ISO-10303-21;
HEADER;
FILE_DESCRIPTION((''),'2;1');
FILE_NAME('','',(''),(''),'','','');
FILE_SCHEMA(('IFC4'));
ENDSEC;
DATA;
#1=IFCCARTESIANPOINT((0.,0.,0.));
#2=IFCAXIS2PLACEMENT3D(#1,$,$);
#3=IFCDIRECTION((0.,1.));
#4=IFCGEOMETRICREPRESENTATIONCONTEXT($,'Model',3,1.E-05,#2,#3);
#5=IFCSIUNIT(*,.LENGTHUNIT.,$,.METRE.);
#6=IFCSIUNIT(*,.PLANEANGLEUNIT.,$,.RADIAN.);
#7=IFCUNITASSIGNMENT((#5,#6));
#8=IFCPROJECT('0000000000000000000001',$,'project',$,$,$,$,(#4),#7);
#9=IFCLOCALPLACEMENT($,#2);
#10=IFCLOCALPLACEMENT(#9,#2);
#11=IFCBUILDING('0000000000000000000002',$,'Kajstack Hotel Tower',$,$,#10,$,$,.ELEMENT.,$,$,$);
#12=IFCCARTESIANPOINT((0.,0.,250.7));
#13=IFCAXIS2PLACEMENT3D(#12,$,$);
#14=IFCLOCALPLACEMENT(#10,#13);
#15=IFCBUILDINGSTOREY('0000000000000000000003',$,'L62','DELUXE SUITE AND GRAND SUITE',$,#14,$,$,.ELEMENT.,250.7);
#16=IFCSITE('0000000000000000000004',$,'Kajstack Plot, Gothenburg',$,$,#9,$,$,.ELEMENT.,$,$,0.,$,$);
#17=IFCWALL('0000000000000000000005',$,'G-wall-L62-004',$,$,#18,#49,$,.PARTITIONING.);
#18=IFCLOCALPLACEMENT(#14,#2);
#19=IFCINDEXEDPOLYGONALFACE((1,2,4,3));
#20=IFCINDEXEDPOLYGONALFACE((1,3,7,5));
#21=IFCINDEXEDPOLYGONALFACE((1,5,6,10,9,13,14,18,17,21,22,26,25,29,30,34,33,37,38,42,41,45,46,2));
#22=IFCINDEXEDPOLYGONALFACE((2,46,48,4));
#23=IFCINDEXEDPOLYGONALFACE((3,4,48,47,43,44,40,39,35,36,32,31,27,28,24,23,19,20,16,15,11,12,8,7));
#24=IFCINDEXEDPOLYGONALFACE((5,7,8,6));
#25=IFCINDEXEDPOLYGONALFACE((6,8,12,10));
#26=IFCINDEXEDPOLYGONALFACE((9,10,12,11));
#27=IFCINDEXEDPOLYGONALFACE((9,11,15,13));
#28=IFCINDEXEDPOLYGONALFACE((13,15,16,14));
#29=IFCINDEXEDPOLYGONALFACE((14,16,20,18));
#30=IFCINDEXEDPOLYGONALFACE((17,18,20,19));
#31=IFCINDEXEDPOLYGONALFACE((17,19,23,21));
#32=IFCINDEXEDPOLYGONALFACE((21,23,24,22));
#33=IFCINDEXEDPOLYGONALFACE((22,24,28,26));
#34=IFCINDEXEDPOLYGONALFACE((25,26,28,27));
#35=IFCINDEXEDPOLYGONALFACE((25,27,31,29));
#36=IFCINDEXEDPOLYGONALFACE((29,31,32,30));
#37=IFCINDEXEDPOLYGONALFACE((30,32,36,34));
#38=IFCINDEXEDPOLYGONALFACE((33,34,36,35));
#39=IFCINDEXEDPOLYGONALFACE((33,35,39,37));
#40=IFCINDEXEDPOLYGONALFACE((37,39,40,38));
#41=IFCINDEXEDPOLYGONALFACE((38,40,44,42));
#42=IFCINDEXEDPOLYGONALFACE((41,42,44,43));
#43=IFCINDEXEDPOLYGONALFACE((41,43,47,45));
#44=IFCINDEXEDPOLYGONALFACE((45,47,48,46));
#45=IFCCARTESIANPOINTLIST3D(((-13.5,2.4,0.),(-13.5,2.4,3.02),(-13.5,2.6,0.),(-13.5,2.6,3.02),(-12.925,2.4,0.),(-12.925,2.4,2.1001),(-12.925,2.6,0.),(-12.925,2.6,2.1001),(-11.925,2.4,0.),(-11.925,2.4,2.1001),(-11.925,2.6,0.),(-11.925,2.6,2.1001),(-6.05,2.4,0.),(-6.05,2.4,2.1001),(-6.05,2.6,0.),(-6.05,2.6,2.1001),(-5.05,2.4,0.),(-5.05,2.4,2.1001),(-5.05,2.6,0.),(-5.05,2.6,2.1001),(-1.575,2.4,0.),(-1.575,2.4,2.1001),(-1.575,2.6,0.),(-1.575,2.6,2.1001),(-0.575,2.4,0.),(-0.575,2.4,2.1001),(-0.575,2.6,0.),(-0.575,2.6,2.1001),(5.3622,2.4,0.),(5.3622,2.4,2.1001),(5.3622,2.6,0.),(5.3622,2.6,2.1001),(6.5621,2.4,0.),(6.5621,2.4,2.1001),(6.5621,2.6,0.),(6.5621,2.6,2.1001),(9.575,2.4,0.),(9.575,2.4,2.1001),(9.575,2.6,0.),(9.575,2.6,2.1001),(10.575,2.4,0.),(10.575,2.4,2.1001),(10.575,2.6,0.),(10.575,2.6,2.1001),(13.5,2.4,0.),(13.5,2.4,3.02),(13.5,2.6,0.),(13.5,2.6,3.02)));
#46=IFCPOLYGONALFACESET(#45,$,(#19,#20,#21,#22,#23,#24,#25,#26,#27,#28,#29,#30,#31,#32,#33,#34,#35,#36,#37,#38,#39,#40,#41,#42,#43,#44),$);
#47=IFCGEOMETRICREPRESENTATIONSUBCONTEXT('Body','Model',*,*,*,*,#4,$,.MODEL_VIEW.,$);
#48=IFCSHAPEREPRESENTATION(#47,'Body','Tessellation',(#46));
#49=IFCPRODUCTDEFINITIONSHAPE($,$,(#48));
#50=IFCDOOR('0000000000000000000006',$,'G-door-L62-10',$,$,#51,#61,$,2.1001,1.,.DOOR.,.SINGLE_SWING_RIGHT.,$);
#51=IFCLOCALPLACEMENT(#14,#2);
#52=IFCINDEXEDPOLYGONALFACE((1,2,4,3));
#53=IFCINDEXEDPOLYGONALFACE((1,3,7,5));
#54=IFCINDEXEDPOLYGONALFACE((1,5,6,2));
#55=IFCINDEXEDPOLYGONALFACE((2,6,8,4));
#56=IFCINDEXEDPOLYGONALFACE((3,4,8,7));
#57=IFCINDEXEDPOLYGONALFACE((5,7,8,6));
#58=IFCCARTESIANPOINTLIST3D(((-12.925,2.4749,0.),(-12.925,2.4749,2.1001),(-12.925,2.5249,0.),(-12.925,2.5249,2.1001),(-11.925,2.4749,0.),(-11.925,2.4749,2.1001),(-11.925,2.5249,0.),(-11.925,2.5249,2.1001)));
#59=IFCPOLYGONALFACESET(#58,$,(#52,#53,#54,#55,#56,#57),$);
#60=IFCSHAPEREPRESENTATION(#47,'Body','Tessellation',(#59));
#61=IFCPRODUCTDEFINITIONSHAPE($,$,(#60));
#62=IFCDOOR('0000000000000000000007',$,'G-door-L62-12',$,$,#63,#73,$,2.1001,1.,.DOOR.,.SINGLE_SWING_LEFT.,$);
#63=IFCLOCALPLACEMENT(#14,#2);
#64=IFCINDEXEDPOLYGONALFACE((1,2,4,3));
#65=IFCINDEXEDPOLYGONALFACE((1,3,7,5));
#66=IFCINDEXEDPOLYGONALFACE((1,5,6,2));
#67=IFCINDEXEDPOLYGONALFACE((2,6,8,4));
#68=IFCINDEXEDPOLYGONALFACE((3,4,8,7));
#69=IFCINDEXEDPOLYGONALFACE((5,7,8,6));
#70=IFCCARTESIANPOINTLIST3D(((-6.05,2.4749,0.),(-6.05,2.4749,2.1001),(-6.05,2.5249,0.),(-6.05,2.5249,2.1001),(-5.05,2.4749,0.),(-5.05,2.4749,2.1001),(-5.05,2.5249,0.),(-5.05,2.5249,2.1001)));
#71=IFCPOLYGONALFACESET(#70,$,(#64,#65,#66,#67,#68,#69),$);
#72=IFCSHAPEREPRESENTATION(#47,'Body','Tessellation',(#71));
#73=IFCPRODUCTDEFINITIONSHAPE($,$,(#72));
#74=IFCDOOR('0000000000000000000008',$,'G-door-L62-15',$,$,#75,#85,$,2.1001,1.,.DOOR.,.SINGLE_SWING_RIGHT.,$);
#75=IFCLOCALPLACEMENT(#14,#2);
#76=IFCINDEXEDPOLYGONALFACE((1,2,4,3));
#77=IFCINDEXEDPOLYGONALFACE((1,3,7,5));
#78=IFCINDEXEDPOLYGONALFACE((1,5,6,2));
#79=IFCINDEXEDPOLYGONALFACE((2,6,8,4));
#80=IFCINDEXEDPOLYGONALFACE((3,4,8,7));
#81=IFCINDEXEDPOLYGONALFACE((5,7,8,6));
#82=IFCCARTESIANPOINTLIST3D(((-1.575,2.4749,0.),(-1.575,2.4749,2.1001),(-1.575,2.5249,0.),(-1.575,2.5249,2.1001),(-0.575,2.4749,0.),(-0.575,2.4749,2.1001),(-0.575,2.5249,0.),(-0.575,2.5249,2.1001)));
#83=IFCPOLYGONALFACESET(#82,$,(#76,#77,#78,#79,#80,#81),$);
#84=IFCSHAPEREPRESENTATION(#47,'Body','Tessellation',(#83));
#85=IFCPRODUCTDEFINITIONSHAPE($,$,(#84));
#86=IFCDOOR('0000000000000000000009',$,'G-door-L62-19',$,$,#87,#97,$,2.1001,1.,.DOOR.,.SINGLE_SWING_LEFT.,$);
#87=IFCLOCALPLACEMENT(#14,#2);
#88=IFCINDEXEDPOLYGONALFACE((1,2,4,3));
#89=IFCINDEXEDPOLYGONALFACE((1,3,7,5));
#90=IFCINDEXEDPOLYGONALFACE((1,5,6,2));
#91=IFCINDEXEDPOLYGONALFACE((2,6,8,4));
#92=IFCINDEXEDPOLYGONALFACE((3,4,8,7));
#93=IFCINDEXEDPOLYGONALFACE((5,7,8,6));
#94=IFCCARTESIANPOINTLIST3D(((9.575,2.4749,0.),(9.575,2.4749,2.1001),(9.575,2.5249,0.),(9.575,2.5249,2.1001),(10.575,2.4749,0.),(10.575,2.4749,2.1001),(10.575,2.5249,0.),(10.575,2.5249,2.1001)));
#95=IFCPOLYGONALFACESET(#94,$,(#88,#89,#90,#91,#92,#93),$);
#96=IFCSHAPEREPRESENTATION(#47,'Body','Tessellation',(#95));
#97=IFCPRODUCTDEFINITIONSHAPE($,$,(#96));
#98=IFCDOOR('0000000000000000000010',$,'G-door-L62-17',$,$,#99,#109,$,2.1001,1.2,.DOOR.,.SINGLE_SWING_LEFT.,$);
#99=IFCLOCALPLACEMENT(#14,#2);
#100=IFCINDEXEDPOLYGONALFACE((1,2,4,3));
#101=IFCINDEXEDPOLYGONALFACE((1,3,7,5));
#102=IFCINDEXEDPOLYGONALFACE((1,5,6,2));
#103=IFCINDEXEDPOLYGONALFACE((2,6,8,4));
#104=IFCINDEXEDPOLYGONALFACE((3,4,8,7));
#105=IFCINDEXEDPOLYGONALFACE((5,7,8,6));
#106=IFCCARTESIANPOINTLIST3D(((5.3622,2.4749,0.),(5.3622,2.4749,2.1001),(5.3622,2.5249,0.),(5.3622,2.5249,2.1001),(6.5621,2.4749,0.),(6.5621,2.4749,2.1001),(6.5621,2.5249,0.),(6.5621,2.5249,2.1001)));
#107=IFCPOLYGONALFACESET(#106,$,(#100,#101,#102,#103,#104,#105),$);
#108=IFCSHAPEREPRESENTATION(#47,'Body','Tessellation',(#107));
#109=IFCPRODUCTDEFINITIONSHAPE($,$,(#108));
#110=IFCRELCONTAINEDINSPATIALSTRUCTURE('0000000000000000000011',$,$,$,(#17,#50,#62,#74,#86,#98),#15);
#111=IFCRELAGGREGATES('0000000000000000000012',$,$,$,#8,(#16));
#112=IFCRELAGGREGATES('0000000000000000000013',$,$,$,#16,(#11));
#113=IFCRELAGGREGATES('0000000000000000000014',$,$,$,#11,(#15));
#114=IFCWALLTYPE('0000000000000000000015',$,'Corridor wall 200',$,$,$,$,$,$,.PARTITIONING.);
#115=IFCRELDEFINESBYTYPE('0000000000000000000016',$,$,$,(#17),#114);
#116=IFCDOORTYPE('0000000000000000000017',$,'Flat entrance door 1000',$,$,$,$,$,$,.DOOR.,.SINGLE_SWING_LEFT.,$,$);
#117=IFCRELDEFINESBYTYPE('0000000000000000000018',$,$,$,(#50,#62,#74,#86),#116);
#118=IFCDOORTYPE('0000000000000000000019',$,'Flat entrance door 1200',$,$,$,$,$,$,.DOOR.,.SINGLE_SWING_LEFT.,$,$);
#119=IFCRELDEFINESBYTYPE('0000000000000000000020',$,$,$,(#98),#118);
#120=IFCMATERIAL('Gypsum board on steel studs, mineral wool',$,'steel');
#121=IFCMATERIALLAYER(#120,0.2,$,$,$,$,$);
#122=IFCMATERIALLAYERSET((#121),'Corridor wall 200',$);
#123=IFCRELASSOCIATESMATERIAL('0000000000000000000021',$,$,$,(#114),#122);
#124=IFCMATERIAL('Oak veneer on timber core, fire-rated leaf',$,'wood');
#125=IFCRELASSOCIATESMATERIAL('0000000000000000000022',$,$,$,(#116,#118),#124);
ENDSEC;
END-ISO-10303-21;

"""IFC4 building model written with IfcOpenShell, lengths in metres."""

from ifc_helpers import new_model, si_unit, direction, frame, frame_2d, origin, place, context, subcontext, project, spatial, rectangle, extrude, material, layer, layer_set, type_object, element, fill, save


model = new_model("IFC4")

# Units and contexts
model_context = context("Model", 3, precision=1e-05, world=origin(), true_north=direction((0.0, 1.0)))
body_context = subcontext(model_context, "Body", "Model", "MODEL_VIEW")
ifc_project = project(units=[si_unit("LENGTHUNIT", "METRE"), si_unit("PLANEANGLEUNIT", "RADIAN")], contexts=[model_context])

# Site, building, storey
site_placement = place(None, origin())
site = spatial("IfcSite", under=ifc_project, at=site_placement, Name="Kajstack Plot, Gothenburg", CompositionType="ELEMENT", RefElevation=0.0)
building_placement = place(site_placement, origin())
building = spatial("IfcBuilding", under=site, at=building_placement, Name="Kajstack Hotel Tower", CompositionType="ELEMENT")
storey_placement = place(building_placement, frame((0.0, 0.0, 250.7)))
storey = spatial("IfcBuildingStorey", under=building, at=storey_placement, Name="L62", Description="DELUXE SUITE AND GRAND SUITE", CompositionType="ELEMENT", Elevation=250.7)

# Wall, openings, doors
ifc_material_1 = material(Name="Gypsum board on steel studs, mineral wool", Category="steel")
ifc_layer_1 = layer(ifc_material_1, 0.2)
ifc_layer_set_1 = layer_set([ifc_layer_1], Name="Corridor wall 200")
wall_type_1 = type_object("IfcWallType", Name="Corridor wall 200", PredefinedType="PARTITIONING", material=ifc_layer_set_1)
wall_1_placement = place(storey_placement, frame((-13.5, 2.5, 0.0), z_axis=(0.0, 0.0, 1.0), x_axis=(1.0, 0.0, 0.0)))
wall_1 = element("IfcWall", 1, at=wall_1_placement, inside=storey, type_object=wall_type_1, Name="G-wall-L62-004", PredefinedType="PARTITIONING", context=body_context, shape_type="SweptSolid", body=[
    extrude(rectangle(XDim=27.0, YDim=0.2, at=frame_2d((13.5, 0.0))), origin(), (0.0, 0.0, 1.0), 3.02),
])
opening_1_placement = place(wall_1_placement, frame((0.575, 0.0, 0.0)))
opening_1 = element("IfcOpeningElement", 2, at=opening_1_placement, cuts=wall_1, PredefinedType="OPENING", context=body_context, shape_type="SweptSolid", body=[
    extrude(rectangle(XDim=1.0, YDim=2.1001, at=frame_2d((0.5, 1.05))), frame((0.0, 0.1099, 0.0), z_axis=(0.0, -1.0, 0.0), x_axis=(1.0, 0.0, 0.0)), (0.0, 0.0, 1.0), 0.22),
])
opening_2_placement = place(wall_1_placement, frame((7.45, 0.0, 0.0)))
opening_2 = element("IfcOpeningElement", 3, at=opening_2_placement, cuts=wall_1, PredefinedType="OPENING", context=body_context, shape_type="SweptSolid", body=[
    extrude(rectangle(XDim=1.0, YDim=2.1001, at=frame_2d((0.5, 1.05))), frame((0.0, 0.1099, 0.0), z_axis=(0.0, -1.0, 0.0), x_axis=(1.0, 0.0, 0.0)), (0.0, 0.0, 1.0), 0.22),
])
opening_3_placement = place(wall_1_placement, frame((11.925, 0.0, 0.0)))
opening_3 = element("IfcOpeningElement", 4, at=opening_3_placement, cuts=wall_1, PredefinedType="OPENING", context=body_context, shape_type="SweptSolid", body=[
    extrude(rectangle(XDim=1.0, YDim=2.1001, at=frame_2d((0.5, 1.05))), frame((0.0, 0.1099, 0.0), z_axis=(0.0, -1.0, 0.0), x_axis=(1.0, 0.0, 0.0)), (0.0, 0.0, 1.0), 0.22),
])
opening_4_placement = place(wall_1_placement, frame((18.8621, 0.0, 0.0)))
opening_4 = element("IfcOpeningElement", 5, at=opening_4_placement, cuts=wall_1, PredefinedType="OPENING", context=body_context, shape_type="SweptSolid", body=[
    extrude(rectangle(XDim=1.2, YDim=2.1001, at=frame_2d((0.6001, 1.05))), frame((0.0, 0.1099, 0.0), z_axis=(0.0, -1.0, 0.0), x_axis=(1.0, 0.0, 0.0)), (0.0, 0.0, 1.0), 0.22),
])
opening_5_placement = place(wall_1_placement, frame((23.075, 0.0, 0.0)))
opening_5 = element("IfcOpeningElement", 6, at=opening_5_placement, cuts=wall_1, PredefinedType="OPENING", context=body_context, shape_type="SweptSolid", body=[
    extrude(rectangle(XDim=1.0, YDim=2.1001, at=frame_2d((0.5, 1.05))), frame((0.0, 0.1099, 0.0), z_axis=(0.0, -1.0, 0.0), x_axis=(1.0, 0.0, 0.0)), (0.0, 0.0, 1.0), 0.22),
])
ifc_material_2 = material(Name="Oak veneer on timber core, fire-rated leaf", Category="wood")
door_type_1 = type_object("IfcDoorType", Name="Flat entrance door 1000", OperationType="SINGLE_SWING_LEFT", PredefinedType="DOOR", material=ifc_material_2)
door_1_placement = place(opening_1_placement, origin())
door_1 = element("IfcDoor", 7, at=door_1_placement, inside=storey, type_object=door_type_1, Name="G-door-L62-10", OperationType="SINGLE_SWING_RIGHT", OverallHeight=2.1001, OverallWidth=1.0, PredefinedType="DOOR", context=body_context, shape_type="SweptSolid", body=[
    extrude(rectangle(XDim=1.0, YDim=2.1001, at=frame_2d((0.5, 1.05))), frame((0.0, 0.0249, 0.0), z_axis=(0.0, -1.0, 0.0), x_axis=(1.0, 0.0, 0.0)), (0.0, 0.0, 1.0), 0.05),
])
fill(opening_1, door_1)
door_2_placement = place(opening_2_placement, origin())
door_2 = element("IfcDoor", 8, at=door_2_placement, inside=storey, type_object=door_type_1, Name="G-door-L62-12", OperationType="SINGLE_SWING_LEFT", OverallHeight=2.1001, OverallWidth=1.0, PredefinedType="DOOR", context=body_context, shape_type="SweptSolid", body=[
    extrude(rectangle(XDim=1.0, YDim=2.1001, at=frame_2d((0.5, 1.05))), frame((0.0, 0.0249, 0.0), z_axis=(0.0, -1.0, 0.0), x_axis=(1.0, 0.0, 0.0)), (0.0, 0.0, 1.0), 0.05),
])
fill(opening_2, door_2)
door_3_placement = place(opening_3_placement, origin())
door_3 = element("IfcDoor", 9, at=door_3_placement, inside=storey, type_object=door_type_1, Name="G-door-L62-15", OperationType="SINGLE_SWING_RIGHT", OverallHeight=2.1001, OverallWidth=1.0, PredefinedType="DOOR", context=body_context, shape_type="SweptSolid", body=[
    extrude(rectangle(XDim=1.0, YDim=2.1001, at=frame_2d((0.5, 1.05))), frame((0.0, 0.0249, 0.0), z_axis=(0.0, -1.0, 0.0), x_axis=(1.0, 0.0, 0.0)), (0.0, 0.0, 1.0), 0.05),
])
fill(opening_3, door_3)
door_4_placement = place(opening_5_placement, origin())
door_4 = element("IfcDoor", 10, at=door_4_placement, inside=storey, type_object=door_type_1, Name="G-door-L62-19", OperationType="SINGLE_SWING_LEFT", OverallHeight=2.1001, OverallWidth=1.0, PredefinedType="DOOR", context=body_context, shape_type="SweptSolid", body=[
    extrude(rectangle(XDim=1.0, YDim=2.1001, at=frame_2d((0.5, 1.05))), frame((0.0, 0.0249, 0.0), z_axis=(0.0, -1.0, 0.0), x_axis=(1.0, 0.0, 0.0)), (0.0, 0.0, 1.0), 0.05),
])
fill(opening_5, door_4)
door_type_2 = type_object("IfcDoorType", Name="Flat entrance door 1200", OperationType="SINGLE_SWING_LEFT", PredefinedType="DOOR", material=ifc_material_2)
door_5_placement = place(opening_4_placement, origin())
door_5 = element("IfcDoor", 11, at=door_5_placement, inside=storey, type_object=door_type_2, Name="G-door-L62-17", OperationType="SINGLE_SWING_LEFT", OverallHeight=2.1001, OverallWidth=1.2, PredefinedType="DOOR", context=body_context, shape_type="SweptSolid", body=[
    extrude(rectangle(XDim=1.2, YDim=2.1001, at=frame_2d((0.6001, 1.05))), frame((0.0, 0.0249, 0.0), z_axis=(0.0, -1.0, 0.0), x_axis=(1.0, 0.0, 0.0)), (0.0, 0.0, 1.0), 0.05),
])
fill(opening_4, door_5)

save(model, "model.ifc")
